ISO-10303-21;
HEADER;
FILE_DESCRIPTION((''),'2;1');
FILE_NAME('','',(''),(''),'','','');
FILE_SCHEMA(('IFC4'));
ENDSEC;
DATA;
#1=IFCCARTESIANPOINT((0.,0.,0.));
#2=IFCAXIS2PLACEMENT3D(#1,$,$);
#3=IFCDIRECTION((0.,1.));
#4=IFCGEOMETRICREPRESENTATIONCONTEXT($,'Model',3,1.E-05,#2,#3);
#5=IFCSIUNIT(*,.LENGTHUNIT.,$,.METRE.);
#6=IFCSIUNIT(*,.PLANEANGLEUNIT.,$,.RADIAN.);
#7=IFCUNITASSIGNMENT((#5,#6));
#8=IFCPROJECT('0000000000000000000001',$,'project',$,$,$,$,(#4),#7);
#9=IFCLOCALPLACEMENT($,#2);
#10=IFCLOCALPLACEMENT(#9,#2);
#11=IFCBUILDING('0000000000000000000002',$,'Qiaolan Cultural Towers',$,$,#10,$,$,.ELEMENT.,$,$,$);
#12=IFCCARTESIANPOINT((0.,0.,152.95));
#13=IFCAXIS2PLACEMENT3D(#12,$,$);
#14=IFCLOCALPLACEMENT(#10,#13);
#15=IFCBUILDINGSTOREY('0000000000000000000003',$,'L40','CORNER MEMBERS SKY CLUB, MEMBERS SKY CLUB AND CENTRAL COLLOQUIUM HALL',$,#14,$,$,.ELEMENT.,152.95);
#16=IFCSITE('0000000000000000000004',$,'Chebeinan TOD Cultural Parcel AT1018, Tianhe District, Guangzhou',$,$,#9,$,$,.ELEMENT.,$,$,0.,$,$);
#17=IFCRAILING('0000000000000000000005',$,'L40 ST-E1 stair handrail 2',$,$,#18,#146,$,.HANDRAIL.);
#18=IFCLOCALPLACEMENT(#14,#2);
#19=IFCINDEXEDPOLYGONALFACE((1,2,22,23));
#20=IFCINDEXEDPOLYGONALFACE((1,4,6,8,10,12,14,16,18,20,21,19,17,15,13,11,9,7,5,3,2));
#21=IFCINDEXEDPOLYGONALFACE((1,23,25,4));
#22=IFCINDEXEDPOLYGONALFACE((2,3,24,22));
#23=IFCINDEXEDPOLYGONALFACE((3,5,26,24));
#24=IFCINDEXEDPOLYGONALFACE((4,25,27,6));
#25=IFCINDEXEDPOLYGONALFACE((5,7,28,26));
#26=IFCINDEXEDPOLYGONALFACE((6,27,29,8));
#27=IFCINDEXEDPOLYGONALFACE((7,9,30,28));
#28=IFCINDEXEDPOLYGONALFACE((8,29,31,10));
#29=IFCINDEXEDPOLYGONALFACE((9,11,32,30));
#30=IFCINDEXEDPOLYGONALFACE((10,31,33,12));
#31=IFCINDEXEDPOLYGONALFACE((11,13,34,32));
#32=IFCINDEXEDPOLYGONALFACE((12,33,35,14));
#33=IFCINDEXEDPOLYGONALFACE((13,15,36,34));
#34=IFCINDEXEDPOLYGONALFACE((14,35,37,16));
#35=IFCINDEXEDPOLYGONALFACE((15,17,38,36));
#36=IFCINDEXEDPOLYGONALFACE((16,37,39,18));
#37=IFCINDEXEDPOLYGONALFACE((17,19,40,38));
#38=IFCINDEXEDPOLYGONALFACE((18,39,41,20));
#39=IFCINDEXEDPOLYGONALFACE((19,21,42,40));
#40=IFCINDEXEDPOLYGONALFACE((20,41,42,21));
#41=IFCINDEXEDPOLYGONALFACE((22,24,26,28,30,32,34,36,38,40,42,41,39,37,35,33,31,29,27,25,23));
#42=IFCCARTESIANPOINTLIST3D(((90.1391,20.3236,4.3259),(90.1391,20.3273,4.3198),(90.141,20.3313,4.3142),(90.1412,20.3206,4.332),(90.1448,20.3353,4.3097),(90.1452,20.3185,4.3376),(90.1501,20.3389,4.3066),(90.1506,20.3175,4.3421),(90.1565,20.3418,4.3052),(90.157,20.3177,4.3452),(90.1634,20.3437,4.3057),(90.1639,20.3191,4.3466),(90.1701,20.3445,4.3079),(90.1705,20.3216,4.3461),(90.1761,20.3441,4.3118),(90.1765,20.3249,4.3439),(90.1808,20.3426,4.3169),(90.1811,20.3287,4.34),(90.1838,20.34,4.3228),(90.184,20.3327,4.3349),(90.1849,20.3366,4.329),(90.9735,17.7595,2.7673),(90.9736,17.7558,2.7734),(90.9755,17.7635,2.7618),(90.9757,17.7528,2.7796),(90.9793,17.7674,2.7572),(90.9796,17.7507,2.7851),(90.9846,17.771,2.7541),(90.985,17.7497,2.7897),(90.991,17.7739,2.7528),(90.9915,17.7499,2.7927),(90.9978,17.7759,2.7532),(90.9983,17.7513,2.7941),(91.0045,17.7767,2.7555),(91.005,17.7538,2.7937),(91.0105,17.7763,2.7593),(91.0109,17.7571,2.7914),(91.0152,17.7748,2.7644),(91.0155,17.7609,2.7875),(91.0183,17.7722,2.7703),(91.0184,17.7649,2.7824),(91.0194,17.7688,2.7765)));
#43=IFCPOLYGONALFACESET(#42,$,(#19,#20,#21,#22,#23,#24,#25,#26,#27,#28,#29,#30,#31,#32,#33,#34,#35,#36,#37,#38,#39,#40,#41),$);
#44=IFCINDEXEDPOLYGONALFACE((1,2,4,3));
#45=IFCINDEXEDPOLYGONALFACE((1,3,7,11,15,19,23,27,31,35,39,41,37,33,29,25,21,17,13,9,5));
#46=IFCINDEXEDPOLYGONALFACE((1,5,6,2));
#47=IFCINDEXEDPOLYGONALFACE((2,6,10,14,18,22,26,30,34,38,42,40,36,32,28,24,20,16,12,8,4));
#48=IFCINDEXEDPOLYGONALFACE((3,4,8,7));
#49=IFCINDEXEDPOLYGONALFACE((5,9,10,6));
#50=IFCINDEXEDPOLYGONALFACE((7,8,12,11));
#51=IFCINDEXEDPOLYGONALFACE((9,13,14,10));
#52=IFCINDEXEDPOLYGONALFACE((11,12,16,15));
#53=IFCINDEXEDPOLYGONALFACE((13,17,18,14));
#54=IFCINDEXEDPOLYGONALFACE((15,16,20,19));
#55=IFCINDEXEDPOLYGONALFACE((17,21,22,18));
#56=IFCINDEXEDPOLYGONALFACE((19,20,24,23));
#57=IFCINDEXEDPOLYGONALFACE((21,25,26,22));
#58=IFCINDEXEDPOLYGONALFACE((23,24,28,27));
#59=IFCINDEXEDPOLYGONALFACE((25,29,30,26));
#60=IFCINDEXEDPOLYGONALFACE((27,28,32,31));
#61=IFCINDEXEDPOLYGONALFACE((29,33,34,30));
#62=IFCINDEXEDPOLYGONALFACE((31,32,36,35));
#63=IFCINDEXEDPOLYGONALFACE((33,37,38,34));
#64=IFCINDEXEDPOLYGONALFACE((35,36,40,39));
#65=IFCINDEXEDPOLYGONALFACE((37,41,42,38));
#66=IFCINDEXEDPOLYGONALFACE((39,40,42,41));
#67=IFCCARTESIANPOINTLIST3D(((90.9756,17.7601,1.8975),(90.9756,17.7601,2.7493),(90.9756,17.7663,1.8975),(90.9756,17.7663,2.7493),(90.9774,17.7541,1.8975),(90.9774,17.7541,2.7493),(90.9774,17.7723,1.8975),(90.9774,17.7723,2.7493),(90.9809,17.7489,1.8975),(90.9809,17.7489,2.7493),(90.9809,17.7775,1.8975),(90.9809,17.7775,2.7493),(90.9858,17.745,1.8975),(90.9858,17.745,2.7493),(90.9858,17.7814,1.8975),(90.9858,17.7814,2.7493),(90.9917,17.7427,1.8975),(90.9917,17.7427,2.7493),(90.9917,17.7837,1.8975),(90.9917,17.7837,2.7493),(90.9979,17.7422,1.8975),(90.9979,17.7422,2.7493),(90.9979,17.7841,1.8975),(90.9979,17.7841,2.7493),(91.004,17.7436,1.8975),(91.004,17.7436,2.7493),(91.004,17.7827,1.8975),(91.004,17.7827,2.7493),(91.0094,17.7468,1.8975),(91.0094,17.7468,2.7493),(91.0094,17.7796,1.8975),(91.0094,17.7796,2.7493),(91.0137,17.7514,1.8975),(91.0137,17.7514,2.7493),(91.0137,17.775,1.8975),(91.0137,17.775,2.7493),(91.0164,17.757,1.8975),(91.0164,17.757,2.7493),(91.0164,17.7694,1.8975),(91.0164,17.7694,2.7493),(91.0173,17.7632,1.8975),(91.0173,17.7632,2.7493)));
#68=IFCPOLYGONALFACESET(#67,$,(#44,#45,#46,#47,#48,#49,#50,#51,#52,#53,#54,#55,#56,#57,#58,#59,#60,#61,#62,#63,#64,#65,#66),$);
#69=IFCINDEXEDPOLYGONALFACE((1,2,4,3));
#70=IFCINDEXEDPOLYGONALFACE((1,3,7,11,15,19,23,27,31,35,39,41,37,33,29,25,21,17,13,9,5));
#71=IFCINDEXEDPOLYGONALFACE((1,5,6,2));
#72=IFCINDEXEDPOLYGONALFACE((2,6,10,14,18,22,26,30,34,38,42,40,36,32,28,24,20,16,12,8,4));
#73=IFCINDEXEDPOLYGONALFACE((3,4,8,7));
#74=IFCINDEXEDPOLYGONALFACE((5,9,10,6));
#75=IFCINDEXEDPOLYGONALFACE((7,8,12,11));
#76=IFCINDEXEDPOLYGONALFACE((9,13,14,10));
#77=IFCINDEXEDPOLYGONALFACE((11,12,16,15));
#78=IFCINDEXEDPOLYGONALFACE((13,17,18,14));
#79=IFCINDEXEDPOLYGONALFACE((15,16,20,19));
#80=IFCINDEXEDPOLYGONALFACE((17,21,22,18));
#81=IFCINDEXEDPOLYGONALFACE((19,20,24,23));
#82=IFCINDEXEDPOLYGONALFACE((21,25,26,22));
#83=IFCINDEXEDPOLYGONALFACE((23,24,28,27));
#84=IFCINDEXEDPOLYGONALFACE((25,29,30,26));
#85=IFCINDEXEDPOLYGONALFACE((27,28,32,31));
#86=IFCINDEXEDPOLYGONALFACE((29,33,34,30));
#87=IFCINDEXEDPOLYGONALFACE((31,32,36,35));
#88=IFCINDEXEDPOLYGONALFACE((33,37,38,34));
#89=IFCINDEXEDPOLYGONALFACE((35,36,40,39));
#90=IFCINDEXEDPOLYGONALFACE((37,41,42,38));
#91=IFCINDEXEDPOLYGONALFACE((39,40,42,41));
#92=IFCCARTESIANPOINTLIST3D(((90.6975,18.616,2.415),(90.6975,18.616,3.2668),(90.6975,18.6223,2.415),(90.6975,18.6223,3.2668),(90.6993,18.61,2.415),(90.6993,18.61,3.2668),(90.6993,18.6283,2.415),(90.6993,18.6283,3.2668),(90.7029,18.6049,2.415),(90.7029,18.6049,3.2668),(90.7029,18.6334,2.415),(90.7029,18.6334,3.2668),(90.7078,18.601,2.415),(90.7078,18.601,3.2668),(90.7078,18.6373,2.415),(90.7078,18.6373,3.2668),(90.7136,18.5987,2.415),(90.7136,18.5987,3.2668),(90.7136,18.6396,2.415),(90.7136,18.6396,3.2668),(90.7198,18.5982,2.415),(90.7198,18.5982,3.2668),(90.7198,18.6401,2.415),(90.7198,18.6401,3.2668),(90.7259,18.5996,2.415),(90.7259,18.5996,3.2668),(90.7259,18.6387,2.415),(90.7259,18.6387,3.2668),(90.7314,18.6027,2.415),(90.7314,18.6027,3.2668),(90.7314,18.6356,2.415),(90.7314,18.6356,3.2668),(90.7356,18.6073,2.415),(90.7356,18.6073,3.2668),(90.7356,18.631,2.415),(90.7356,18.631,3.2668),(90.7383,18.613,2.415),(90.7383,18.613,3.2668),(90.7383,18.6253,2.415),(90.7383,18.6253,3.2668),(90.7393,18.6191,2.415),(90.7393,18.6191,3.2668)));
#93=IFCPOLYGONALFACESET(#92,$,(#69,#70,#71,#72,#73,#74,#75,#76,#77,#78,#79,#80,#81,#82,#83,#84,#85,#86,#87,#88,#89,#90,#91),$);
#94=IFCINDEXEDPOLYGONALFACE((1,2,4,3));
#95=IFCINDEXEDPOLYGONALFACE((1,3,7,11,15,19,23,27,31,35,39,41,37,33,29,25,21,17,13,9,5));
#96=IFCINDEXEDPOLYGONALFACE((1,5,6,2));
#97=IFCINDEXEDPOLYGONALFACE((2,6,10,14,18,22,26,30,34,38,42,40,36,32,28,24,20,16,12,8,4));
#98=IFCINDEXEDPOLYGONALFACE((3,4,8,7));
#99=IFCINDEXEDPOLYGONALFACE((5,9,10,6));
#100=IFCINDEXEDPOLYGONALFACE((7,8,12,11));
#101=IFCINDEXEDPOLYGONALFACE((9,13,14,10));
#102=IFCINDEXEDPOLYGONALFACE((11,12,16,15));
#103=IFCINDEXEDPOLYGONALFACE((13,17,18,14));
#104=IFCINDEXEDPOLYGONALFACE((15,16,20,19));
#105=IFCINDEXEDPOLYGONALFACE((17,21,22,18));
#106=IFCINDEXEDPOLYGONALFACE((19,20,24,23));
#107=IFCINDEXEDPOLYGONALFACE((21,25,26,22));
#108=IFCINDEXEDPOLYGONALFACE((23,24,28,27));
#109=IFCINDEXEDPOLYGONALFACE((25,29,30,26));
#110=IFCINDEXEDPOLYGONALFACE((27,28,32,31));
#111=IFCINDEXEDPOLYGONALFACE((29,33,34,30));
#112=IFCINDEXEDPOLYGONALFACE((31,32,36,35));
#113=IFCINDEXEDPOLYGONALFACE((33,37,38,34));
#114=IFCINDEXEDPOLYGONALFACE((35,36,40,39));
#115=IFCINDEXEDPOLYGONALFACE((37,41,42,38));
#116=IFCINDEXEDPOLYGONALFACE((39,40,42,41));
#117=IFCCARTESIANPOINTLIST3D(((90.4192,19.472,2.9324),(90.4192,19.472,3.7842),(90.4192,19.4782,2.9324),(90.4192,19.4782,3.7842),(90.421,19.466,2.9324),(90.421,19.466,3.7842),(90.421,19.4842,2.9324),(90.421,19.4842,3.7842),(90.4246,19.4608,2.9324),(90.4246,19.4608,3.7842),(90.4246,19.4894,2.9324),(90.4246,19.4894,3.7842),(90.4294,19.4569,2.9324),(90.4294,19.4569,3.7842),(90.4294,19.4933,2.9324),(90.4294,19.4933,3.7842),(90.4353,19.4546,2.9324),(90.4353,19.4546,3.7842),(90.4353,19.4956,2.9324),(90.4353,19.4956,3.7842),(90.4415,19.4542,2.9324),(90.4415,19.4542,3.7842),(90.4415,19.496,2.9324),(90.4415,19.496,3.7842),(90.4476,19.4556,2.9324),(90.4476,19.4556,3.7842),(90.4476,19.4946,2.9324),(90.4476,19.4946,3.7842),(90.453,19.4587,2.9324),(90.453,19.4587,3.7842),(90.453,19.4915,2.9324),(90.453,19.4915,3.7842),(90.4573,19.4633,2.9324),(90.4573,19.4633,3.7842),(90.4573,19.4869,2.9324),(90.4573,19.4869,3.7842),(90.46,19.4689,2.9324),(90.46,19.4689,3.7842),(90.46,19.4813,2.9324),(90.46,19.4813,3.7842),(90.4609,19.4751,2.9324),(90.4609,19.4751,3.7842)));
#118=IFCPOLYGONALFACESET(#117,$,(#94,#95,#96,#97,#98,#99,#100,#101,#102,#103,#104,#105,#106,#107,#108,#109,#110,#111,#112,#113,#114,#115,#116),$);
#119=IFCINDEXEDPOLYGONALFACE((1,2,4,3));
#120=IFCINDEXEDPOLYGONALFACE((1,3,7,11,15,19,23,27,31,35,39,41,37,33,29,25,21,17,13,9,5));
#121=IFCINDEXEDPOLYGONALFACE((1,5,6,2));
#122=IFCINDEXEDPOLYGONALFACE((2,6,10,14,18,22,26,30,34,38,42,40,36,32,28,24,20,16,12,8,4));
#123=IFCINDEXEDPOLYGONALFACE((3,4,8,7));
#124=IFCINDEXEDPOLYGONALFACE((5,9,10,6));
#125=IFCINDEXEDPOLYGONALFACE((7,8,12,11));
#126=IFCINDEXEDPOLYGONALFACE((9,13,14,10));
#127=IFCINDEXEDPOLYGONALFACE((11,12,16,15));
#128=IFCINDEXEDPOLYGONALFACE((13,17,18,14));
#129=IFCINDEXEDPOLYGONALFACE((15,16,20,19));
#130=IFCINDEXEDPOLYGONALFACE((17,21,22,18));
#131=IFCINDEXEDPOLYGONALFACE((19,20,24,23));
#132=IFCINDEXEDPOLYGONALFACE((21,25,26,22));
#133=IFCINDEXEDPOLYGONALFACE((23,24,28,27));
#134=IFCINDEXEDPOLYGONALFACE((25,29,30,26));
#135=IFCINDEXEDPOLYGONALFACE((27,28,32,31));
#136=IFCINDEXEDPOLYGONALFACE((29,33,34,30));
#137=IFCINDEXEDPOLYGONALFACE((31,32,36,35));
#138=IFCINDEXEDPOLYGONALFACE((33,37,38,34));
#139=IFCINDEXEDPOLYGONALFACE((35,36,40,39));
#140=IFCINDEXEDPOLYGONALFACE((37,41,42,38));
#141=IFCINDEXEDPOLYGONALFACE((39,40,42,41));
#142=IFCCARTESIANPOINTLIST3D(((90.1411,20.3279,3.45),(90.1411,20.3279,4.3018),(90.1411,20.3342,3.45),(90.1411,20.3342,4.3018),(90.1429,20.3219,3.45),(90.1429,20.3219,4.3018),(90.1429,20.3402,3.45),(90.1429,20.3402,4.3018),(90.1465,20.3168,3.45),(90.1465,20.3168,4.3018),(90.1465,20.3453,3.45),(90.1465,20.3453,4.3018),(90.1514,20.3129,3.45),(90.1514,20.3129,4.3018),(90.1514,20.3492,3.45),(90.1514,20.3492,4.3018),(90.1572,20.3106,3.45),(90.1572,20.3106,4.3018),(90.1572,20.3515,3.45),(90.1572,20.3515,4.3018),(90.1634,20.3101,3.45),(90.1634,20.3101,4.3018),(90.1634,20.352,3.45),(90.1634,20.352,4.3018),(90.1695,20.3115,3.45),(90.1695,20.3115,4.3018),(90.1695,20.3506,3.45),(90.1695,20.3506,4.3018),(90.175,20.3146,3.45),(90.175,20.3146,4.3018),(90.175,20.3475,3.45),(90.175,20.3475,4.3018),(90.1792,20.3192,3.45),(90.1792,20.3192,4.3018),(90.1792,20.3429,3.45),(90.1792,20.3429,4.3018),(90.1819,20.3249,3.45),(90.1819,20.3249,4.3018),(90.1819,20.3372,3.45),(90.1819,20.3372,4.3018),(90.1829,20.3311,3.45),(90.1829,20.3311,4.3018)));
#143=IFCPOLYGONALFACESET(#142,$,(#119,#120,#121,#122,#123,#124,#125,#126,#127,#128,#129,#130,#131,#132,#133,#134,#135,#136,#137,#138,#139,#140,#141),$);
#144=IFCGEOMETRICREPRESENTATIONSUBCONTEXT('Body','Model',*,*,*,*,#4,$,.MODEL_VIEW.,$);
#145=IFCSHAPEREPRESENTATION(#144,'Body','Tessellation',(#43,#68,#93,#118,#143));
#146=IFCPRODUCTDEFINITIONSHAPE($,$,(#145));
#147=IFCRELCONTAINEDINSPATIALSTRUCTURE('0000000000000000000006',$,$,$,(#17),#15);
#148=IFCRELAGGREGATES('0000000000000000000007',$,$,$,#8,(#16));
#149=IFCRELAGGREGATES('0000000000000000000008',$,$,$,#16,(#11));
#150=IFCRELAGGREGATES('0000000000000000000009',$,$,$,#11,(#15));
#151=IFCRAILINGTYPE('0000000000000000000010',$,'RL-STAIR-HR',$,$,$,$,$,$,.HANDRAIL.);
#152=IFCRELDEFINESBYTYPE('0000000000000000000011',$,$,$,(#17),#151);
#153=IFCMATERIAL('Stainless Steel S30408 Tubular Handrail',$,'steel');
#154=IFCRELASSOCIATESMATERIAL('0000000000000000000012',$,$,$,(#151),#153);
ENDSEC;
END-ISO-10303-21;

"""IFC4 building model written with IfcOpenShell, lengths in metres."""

from ifc_helpers import new_model, si_unit, direction, frame, origin, origin_2d, place, context, subcontext, project, spatial, circle, extrude, material, type_object, element, save


model = new_model("IFC4")

# Units and contexts
model_context = context("Model", 3, precision=1e-05, world=origin(), true_north=direction((0.0, 1.0)))
body_context = subcontext(model_context, "Body", "Model", "MODEL_VIEW")
ifc_project = project(units=[si_unit("LENGTHUNIT", "METRE"), si_unit("PLANEANGLEUNIT", "RADIAN")], contexts=[model_context])

# Site, building, storey
site_placement = place(None, origin())
site = spatial("IfcSite", under=ifc_project, at=site_placement, Name="Chebeinan TOD Cultural Parcel AT1018, Tianhe District, Guangzhou", CompositionType="ELEMENT", RefElevation=0.0)
building_placement = place(site_placement, origin())
building = spatial("IfcBuilding", under=site, at=building_placement, Name="Qiaolan Cultural Towers", CompositionType="ELEMENT")
storey_placement = place(building_placement, frame((0.0, 0.0, 152.95)))
storey = spatial("IfcBuildingStorey", under=building, at=storey_placement, Name="L40", Description="CORNER MEMBERS SKY CLUB, MEMBERS SKY CLUB AND CENTRAL COLLOQUIUM HALL", CompositionType="ELEMENT", Elevation=152.95)

# Railing
ifc_material_1 = material(Name="Stainless Steel S30408 Tubular Handrail", Category="steel")
railing_type_1 = type_object("IfcRailingType", Name="RL-STAIR-HR", PredefinedType="HANDRAIL", material=ifc_material_1)
railing_1_placement = place(storey_placement, frame((90.9963, 17.7632, 1.8975)))
element("IfcRailing", 1, at=railing_1_placement, inside=storey, type_object=railing_type_1, Name="L40 ST-E1 stair handrail 2", PredefinedType="HANDRAIL", context=body_context, shape_type="SweptSolid", body=[
    extrude(circle(Radius=0.0239, at=origin_2d()), frame((0.0, 0.0, 0.876), z_axis=(-0.267926, 0.824471, 0.498461), x_axis=(-0.951043, -0.309057, 0.0)), (0.0, 0.0, 1.0), 3.1145),
    extrude(circle(Radius=0.021, at=origin_2d()), origin(), (0.0, 0.0, 1.0), 0.8518),
    extrude(circle(Radius=0.021, at=origin_2d()), frame((-0.2781, 0.856, 0.5176)), (0.0, 0.0, 1.0), 0.8518),
    extrude(circle(Radius=0.021, at=origin_2d()), frame((-0.5564, 1.7119, 1.0349)), (0.0, 0.0, 1.0), 0.8518),
    extrude(circle(Radius=0.021, at=origin_2d()), frame((-0.8345, 2.5679, 1.5525)), (0.0, 0.0, 1.0), 0.8518),
])

save(model, "model.ifc")
